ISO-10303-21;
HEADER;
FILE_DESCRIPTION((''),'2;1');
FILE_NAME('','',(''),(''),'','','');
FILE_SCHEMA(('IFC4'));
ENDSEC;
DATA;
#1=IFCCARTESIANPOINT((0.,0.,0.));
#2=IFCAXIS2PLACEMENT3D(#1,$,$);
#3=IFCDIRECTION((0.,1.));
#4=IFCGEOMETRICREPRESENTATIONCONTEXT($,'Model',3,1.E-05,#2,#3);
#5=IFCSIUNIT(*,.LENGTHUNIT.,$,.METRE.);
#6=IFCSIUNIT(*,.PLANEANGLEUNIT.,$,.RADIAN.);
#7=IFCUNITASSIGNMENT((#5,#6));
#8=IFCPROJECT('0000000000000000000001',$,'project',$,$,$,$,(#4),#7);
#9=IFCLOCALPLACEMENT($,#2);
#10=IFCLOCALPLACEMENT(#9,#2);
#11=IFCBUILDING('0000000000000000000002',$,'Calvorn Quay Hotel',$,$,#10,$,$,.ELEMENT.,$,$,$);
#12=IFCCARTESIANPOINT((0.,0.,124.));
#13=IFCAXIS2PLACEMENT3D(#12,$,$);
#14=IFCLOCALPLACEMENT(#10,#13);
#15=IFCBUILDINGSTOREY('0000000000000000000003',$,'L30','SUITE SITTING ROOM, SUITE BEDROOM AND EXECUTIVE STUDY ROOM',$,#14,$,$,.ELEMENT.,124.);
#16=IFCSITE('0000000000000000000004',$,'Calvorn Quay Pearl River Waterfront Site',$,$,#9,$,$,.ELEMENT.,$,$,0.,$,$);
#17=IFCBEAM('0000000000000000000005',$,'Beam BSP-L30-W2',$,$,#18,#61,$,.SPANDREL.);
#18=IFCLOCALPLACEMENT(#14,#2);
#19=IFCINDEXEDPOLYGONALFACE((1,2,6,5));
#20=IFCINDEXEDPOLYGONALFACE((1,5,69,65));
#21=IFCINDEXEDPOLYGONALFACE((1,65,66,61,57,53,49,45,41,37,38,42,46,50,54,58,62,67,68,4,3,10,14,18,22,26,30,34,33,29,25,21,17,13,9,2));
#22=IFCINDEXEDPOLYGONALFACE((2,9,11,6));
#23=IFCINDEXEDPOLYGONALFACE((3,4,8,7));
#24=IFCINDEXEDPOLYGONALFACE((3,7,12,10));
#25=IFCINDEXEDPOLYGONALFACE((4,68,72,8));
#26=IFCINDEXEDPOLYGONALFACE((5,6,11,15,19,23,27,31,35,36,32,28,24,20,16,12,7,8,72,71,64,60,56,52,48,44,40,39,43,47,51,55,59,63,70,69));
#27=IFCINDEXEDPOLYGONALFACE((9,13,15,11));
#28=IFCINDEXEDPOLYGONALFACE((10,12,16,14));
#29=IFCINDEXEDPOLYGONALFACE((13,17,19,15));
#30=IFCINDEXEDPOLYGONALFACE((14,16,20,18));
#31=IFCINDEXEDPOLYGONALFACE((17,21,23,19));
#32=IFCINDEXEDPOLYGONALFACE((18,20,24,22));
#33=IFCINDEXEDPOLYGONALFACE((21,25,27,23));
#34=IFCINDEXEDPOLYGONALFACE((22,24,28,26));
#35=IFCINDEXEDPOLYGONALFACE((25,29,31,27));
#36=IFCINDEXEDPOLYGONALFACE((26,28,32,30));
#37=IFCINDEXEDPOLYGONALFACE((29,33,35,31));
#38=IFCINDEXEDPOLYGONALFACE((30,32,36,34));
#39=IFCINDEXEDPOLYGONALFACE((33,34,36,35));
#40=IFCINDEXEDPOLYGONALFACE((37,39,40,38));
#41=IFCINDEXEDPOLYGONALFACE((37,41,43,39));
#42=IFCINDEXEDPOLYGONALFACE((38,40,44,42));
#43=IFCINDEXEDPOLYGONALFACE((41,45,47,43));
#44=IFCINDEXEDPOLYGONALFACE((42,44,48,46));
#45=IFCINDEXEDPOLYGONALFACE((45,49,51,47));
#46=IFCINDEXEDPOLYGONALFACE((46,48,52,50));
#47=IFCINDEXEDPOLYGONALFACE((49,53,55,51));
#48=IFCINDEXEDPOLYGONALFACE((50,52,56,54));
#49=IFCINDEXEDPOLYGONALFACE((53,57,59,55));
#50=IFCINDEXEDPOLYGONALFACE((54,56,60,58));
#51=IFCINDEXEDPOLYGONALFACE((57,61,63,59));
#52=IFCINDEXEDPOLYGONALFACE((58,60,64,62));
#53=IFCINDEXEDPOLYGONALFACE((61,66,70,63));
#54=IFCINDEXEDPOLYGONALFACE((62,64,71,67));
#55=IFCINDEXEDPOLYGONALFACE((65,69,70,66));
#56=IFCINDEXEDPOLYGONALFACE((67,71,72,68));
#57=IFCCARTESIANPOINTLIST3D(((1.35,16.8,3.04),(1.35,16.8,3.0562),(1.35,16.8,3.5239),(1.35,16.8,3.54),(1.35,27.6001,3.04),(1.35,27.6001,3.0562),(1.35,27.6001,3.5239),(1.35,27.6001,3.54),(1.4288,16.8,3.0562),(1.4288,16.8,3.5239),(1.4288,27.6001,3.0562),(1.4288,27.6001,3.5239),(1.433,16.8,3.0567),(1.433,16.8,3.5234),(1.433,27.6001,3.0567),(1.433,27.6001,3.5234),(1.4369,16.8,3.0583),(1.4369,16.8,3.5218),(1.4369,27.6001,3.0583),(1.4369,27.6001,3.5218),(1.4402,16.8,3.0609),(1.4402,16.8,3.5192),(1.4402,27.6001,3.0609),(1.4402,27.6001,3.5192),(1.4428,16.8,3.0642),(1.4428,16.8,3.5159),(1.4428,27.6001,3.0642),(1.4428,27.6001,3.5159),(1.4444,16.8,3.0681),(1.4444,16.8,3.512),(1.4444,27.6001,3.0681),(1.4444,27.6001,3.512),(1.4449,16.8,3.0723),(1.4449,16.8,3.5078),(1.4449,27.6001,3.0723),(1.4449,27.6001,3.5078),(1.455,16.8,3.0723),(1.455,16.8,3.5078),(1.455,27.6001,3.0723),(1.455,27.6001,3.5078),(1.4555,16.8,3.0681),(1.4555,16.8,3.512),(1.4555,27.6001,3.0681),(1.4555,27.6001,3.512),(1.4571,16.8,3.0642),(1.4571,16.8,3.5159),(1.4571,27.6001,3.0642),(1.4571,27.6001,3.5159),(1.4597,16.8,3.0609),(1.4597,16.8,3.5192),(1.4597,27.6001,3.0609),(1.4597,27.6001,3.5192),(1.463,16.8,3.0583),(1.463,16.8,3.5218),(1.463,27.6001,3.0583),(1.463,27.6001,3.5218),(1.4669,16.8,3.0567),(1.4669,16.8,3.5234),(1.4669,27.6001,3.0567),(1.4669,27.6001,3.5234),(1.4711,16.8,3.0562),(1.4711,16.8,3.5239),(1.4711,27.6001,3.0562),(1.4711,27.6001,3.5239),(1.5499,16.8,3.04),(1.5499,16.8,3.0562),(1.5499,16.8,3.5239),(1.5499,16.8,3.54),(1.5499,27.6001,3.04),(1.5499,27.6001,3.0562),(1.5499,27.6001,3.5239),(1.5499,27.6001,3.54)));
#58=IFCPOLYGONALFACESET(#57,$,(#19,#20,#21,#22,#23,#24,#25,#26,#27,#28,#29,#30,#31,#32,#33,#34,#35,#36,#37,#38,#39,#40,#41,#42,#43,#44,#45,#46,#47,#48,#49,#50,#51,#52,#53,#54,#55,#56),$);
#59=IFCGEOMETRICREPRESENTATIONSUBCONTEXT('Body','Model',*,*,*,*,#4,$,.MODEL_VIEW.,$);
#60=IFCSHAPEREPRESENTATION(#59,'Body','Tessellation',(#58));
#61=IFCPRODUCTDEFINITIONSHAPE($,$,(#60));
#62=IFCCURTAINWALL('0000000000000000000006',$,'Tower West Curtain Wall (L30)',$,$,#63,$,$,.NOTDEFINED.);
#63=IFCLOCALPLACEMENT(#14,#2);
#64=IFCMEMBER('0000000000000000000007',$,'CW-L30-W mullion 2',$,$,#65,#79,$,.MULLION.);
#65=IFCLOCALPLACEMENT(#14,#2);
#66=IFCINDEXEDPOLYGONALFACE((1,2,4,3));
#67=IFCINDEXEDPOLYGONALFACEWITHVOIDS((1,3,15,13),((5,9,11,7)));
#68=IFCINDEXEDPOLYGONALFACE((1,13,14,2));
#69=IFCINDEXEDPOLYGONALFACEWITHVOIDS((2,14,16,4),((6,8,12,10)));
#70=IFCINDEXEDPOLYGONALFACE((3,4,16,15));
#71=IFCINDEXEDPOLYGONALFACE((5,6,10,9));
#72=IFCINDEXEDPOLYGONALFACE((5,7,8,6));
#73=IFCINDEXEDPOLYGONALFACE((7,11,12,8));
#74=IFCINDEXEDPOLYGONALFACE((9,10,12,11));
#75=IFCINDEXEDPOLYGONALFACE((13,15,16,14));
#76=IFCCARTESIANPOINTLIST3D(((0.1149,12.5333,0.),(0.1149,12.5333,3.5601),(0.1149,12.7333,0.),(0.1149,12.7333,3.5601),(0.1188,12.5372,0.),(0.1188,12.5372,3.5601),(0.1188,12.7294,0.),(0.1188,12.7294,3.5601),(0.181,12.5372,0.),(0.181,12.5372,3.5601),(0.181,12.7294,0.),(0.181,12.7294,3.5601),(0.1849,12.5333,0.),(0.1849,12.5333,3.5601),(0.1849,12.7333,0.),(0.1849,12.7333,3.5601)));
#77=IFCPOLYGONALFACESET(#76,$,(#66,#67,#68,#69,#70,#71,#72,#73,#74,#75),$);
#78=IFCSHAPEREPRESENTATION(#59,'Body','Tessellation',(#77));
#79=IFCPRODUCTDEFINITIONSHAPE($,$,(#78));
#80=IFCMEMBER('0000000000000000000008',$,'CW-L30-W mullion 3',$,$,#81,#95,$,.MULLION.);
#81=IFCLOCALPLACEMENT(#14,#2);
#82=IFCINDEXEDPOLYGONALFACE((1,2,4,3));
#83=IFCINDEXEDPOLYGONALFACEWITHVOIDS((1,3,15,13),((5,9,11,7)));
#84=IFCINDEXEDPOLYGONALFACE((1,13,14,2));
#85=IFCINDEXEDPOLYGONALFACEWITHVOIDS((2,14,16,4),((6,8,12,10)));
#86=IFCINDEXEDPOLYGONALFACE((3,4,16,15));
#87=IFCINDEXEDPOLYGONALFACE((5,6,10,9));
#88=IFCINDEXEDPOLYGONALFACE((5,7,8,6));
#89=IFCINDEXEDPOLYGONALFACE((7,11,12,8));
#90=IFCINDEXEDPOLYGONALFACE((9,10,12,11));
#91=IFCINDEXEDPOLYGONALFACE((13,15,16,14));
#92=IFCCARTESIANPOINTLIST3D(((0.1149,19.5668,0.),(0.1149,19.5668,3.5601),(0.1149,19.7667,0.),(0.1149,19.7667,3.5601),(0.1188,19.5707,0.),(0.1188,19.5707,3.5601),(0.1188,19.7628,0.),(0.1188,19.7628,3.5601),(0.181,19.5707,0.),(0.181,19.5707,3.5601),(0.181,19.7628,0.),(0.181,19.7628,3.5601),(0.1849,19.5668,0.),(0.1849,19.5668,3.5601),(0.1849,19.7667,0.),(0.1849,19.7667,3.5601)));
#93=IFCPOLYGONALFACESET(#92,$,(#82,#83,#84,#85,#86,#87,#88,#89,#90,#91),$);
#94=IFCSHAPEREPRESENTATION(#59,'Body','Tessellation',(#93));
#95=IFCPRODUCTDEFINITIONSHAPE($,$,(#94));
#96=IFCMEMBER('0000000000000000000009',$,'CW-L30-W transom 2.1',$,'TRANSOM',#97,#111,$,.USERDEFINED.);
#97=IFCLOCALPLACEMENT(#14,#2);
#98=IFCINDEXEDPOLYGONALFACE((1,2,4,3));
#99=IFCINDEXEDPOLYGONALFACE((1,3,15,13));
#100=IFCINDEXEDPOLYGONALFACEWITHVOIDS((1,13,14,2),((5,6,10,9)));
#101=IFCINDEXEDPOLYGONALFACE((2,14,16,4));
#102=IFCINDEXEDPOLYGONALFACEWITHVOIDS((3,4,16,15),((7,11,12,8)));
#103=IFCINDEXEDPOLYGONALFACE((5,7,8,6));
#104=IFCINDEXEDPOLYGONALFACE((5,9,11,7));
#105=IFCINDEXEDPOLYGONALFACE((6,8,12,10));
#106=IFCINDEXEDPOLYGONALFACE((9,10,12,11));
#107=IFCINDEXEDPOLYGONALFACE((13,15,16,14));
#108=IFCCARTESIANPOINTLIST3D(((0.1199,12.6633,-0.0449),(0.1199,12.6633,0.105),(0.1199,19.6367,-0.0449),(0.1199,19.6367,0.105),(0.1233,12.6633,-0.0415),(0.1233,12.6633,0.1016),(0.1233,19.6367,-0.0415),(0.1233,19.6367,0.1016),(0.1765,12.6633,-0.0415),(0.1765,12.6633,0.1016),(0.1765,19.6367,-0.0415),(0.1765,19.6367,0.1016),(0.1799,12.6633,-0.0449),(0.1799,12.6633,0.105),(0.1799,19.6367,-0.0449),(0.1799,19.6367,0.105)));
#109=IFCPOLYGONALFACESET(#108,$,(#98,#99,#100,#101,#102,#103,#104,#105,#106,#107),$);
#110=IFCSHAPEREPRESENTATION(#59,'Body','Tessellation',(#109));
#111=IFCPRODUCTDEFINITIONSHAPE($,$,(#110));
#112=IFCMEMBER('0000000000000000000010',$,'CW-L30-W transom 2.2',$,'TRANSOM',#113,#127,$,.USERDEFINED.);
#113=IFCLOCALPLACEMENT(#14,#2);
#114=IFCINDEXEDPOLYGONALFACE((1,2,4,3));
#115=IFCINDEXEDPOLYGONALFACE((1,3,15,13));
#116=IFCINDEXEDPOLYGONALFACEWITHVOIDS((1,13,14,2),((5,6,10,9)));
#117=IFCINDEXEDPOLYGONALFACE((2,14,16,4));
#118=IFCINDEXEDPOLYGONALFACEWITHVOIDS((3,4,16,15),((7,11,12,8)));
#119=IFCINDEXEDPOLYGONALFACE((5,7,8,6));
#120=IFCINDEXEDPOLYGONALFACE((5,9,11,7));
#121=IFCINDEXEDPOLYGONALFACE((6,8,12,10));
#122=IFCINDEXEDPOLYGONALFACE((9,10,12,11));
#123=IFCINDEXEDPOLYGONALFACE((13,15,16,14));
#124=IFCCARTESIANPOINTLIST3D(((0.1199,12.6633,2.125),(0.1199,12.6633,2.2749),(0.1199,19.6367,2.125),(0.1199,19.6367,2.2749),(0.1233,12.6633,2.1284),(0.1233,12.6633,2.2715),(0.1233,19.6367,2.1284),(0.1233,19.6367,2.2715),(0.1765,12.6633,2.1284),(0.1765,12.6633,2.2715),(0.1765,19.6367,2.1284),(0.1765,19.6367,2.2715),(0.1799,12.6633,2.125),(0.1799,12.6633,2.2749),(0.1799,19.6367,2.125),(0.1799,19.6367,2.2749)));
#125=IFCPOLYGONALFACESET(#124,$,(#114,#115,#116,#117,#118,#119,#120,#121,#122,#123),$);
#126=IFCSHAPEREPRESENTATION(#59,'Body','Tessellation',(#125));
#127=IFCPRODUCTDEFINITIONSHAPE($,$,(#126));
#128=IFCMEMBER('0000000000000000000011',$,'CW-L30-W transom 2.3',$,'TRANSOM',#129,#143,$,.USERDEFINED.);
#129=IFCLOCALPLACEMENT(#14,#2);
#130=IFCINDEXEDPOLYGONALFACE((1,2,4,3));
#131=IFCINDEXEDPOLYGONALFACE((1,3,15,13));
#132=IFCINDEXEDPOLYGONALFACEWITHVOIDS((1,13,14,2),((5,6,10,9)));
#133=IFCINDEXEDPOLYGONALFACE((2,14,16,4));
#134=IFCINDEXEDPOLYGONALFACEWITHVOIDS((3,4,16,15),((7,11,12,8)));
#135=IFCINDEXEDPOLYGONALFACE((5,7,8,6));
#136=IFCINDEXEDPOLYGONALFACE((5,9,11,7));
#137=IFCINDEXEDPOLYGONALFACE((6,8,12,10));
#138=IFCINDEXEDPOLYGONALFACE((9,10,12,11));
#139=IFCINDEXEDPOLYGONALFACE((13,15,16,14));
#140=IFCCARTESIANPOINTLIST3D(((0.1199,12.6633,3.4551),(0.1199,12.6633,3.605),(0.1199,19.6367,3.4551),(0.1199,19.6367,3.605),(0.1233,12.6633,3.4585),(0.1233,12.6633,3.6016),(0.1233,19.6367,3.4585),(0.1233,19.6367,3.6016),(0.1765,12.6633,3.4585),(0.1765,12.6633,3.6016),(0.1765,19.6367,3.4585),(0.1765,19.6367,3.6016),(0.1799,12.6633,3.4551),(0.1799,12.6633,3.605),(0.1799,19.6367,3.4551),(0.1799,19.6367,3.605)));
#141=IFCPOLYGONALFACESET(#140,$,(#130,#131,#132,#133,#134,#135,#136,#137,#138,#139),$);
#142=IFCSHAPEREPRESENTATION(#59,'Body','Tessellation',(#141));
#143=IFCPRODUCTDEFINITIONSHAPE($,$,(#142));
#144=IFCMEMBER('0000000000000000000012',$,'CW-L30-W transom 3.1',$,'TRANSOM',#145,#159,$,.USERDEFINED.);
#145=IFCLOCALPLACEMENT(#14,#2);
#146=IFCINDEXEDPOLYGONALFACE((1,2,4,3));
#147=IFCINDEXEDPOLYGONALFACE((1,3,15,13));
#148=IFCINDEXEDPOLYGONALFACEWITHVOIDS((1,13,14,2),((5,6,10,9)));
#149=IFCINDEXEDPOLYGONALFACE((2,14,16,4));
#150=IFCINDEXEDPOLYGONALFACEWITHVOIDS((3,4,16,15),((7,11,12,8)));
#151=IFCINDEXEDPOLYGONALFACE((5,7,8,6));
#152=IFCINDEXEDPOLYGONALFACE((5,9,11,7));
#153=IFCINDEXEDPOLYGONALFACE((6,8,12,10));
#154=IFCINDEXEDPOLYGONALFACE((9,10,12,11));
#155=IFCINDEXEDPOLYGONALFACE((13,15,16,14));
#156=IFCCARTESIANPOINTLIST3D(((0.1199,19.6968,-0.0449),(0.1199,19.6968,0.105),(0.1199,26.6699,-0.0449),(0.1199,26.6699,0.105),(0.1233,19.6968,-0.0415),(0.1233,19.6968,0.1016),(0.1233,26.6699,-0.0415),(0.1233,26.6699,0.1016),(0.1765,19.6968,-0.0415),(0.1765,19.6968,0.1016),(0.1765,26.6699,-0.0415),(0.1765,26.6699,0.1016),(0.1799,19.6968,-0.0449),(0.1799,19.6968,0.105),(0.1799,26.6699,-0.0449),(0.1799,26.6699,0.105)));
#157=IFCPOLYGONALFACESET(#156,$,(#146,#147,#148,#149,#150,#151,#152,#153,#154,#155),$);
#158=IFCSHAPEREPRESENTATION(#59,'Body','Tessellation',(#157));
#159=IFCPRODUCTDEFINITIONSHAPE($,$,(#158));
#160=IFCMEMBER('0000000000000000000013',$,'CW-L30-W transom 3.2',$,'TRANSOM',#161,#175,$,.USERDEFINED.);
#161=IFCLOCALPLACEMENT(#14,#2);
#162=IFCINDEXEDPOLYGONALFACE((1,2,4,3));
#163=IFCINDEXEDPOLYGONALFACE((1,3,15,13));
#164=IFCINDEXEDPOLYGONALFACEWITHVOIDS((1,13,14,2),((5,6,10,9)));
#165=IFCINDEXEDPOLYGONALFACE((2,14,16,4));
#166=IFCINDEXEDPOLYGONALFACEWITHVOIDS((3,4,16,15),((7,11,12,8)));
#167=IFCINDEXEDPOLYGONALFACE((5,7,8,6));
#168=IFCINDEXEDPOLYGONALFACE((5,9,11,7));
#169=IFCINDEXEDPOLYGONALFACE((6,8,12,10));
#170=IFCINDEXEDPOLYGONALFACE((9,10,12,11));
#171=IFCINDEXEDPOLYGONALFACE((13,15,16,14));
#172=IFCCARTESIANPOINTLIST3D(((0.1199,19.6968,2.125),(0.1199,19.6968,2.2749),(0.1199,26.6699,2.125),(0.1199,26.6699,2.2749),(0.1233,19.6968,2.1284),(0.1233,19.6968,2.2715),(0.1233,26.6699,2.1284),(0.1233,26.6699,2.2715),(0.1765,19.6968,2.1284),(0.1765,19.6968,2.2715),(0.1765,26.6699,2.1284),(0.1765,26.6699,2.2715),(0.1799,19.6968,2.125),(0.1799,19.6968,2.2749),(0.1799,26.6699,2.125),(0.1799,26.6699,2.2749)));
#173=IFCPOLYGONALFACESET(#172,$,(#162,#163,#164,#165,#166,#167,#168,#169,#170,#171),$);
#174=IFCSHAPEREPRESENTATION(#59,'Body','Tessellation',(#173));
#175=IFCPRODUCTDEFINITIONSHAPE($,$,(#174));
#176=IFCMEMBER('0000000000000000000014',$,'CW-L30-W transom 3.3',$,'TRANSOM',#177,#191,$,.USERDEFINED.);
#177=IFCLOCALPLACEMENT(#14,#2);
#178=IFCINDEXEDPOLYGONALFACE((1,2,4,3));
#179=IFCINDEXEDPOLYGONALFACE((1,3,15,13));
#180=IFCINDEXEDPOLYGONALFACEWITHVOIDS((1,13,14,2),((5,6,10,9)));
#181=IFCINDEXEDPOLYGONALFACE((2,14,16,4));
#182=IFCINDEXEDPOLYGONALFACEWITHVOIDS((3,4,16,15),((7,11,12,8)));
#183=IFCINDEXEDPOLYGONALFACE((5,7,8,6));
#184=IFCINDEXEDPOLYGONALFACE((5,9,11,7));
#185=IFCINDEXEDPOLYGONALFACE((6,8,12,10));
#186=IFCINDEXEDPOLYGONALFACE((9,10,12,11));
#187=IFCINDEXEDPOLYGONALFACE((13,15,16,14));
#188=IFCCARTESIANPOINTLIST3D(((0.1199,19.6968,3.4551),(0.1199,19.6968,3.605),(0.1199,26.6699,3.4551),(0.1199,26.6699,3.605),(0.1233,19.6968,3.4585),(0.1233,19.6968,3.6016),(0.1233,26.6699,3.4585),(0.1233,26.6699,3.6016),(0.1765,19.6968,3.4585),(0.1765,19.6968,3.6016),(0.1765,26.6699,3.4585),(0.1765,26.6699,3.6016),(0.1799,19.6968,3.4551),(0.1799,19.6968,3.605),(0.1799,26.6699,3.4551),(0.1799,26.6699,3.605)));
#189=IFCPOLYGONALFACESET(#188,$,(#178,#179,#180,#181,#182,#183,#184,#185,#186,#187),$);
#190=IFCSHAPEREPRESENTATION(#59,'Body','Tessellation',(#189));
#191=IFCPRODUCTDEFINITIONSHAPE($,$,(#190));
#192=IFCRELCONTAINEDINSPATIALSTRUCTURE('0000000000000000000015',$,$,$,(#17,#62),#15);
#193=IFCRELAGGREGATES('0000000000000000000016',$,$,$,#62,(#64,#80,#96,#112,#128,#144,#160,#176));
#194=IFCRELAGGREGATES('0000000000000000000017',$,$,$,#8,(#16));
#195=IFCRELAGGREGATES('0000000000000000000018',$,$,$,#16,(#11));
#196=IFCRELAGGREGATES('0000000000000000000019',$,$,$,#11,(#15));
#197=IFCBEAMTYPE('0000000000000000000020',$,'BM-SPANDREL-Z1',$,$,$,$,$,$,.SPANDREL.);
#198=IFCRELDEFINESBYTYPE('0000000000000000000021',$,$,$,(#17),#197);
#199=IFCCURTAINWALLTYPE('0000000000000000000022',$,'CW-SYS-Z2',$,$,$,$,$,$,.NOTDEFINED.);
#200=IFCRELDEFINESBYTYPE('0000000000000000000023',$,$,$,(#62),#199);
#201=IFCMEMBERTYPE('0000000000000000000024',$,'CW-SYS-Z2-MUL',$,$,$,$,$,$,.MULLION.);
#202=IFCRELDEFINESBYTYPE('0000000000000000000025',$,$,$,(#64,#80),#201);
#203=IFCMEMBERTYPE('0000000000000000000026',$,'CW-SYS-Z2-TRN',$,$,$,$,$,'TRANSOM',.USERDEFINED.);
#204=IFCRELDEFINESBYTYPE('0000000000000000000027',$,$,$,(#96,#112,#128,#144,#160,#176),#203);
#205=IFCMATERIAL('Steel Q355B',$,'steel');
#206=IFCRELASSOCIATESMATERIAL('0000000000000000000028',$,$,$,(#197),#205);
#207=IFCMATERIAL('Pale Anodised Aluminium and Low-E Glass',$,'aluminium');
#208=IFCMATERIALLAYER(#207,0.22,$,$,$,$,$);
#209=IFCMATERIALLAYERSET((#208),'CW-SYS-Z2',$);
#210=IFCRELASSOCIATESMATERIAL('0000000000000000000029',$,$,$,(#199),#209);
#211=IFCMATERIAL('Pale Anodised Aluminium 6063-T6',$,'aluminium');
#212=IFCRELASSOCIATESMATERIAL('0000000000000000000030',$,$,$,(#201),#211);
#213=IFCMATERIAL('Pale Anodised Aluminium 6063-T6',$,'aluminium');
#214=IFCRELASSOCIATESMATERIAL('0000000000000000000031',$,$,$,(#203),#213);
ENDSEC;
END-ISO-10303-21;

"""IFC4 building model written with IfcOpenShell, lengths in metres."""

from ifc_helpers import new_model, si_unit, direction, frame, origin, origin_2d, place, context, subcontext, project, spatial, hollow_rectangle, i_section, extrude, material, layer, layer_set, material_profile, profile_set, type_object, element, aggregate, save


model = new_model("IFC4")

# Units and contexts
model_context = context("Model", 3, precision=1e-05, world=origin(), true_north=direction((0.0, 1.0)))
body_context = subcontext(model_context, "Body", "Model", "MODEL_VIEW")
ifc_project = project(units=[si_unit("LENGTHUNIT", "METRE"), si_unit("PLANEANGLEUNIT", "RADIAN")], contexts=[model_context])

# Site, building, storey
site_placement = place(None, origin())
site = spatial("IfcSite", under=ifc_project, at=site_placement, Name="Calvorn Quay Pearl River Waterfront Site", CompositionType="ELEMENT", RefElevation=0.0)
building_placement = place(site_placement, origin())
building = spatial("IfcBuilding", under=site, at=building_placement, Name="Calvorn Quay Hotel", CompositionType="ELEMENT")
storey_placement = place(building_placement, frame((0.0, 0.0, 124.0)))
storey = spatial("IfcBuildingStorey", under=building, at=storey_placement, Name="L30", Description="SUITE SITTING ROOM, SUITE BEDROOM AND EXECUTIVE STUDY ROOM", CompositionType="ELEMENT", Elevation=124.0)

# Beam
ifc_material_1 = material(Name="Steel Q355B", Category="steel")
ifc_material_profile_1 = material_profile(ifc_material_1, i_section(OverallWidth=0.2, OverallDepth=0.5, WebThickness=0.01, FlangeThickness=0.0161, FilletRadius=0.0161, at=origin_2d()), Name="HN500x200x10x16")
ifc_profile_set_1 = profile_set([ifc_material_profile_1], Name="Steel Q355B")
beam_type_1 = type_object("IfcBeamType", Name="BM-SPANDREL-Z1", PredefinedType="SPANDREL", material=ifc_profile_set_1)
beam_1_placement = place(storey_placement, frame((1.45, 16.8, 3.29), z_axis=(0.0, 1.0, 0.0), x_axis=(-1.0, 0.0, 0.0)))
element("IfcBeam", 1, at=beam_1_placement, inside=storey, type_object=beam_type_1, Name="Beam BSP-L30-W2", PredefinedType="SPANDREL", context=body_context, shape_type="SweptSolid", body=[
    extrude(i_section(OverallWidth=0.2, OverallDepth=0.5, WebThickness=0.01, FlangeThickness=0.0161, FilletRadius=0.0161, at=origin_2d()), origin(), (0.0, 0.0, 1.0), 10.8),
])

# Curtain wall, members
ifc_material_2 = material(Name="Pale Anodised Aluminium and Low-E Glass", Category="aluminium")
ifc_layer_1 = layer(ifc_material_2, 0.22)
ifc_layer_set_1 = layer_set([ifc_layer_1], Name="CW-SYS-Z2")
curtain_wall_type = type_object("IfcCurtainWallType", Name="CW-SYS-Z2", PredefinedType="NOTDEFINED", material=ifc_layer_set_1)
curtain_wall_placement = place(storey_placement, origin())
curtain_wall = element("IfcCurtainWall", 2, at=curtain_wall_placement, inside=storey, type_object=curtain_wall_type, Name="Tower West Curtain Wall (L30)", PredefinedType="NOTDEFINED")
ifc_material_3 = material(Name="Pale Anodised Aluminium 6063-T6", Category="aluminium")
ifc_material_profile_2 = material_profile(ifc_material_3, hollow_rectangle(XDim=0.0701, YDim=0.2, WallThickness=0.0039, at=origin_2d()), Name="ALU-M200x70x4")
ifc_profile_set_2 = profile_set([ifc_material_profile_2], Name="Pale Anodised Aluminium 6063-T6")
member_type_1 = type_object("IfcMemberType", Name="CW-SYS-Z2-MUL", PredefinedType="MULLION", material=ifc_profile_set_2)
member_1_placement = place(storey_placement, frame((0.1499, 12.6333, 0.0), z_axis=(0.0, 0.0, 1.0), x_axis=(-1.0, 0.0, 0.0)))
member_1 = element("IfcMember", 3, at=member_1_placement, type_object=member_type_1, Name="CW-L30-W mullion 2", PredefinedType="MULLION", context=body_context, shape_type="SweptSolid", body=[
    extrude(hollow_rectangle(XDim=0.0701, YDim=0.2, WallThickness=0.0039, at=origin_2d()), origin(), (0.0, 0.0, 1.0), 3.5601),
])
member_2_placement = place(storey_placement, frame((0.1499, 19.6667, 0.0), z_axis=(0.0, 0.0, 1.0), x_axis=(-1.0, 0.0, 0.0)))
member_2 = element("IfcMember", 4, at=member_2_placement, type_object=member_type_1, Name="CW-L30-W mullion 3", PredefinedType="MULLION", context=body_context, shape_type="SweptSolid", body=[
    extrude(hollow_rectangle(XDim=0.0701, YDim=0.2, WallThickness=0.0039, at=origin_2d()), origin(), (0.0, 0.0, 1.0), 3.5601),
])
ifc_material_4 = material(Name="Pale Anodised Aluminium 6063-T6", Category="aluminium")
ifc_material_profile_3 = material_profile(ifc_material_4, hollow_rectangle(XDim=0.0601, YDim=0.1499, WallThickness=0.0034, at=origin_2d()), Name="ALU-T150x60x3.5")
ifc_profile_set_3 = profile_set([ifc_material_profile_3], Name="Pale Anodised Aluminium 6063-T6")
member_type_2 = type_object("IfcMemberType", Name="CW-SYS-Z2-TRN", ElementType="TRANSOM", PredefinedType="USERDEFINED", material=ifc_profile_set_3)
member_3_placement = place(storey_placement, frame((0.1499, 12.6633, 0.03), z_axis=(0.0, 1.0, 0.0), x_axis=(-1.0, 0.0, 0.0)))
member_3 = element("IfcMember", 5, at=member_3_placement, type_object=member_type_2, Name="CW-L30-W transom 2.1", ObjectType="TRANSOM", PredefinedType="USERDEFINED", context=body_context, shape_type="SweptSolid", body=[
    extrude(hollow_rectangle(XDim=0.0601, YDim=0.1499, WallThickness=0.0034, at=origin_2d()), origin(), (0.0, 0.0, 1.0), 6.9734),
])
member_4_placement = place(storey_placement, frame((0.1499, 12.6633, 2.2), z_axis=(0.0, 1.0, 0.0), x_axis=(-1.0, 0.0, 0.0)))
member_4 = element("IfcMember", 6, at=member_4_placement, type_object=member_type_2, Name="CW-L30-W transom 2.2", ObjectType="TRANSOM", PredefinedType="USERDEFINED", context=body_context, shape_type="SweptSolid", body=[
    extrude(hollow_rectangle(XDim=0.0601, YDim=0.1499, WallThickness=0.0034, at=origin_2d()), origin(), (0.0, 0.0, 1.0), 6.9734),
])
member_5_placement = place(storey_placement, frame((0.1499, 12.6633, 3.53), z_axis=(0.0, 1.0, 0.0), x_axis=(-1.0, 0.0, 0.0)))
member_5 = element("IfcMember", 7, at=member_5_placement, type_object=member_type_2, Name="CW-L30-W transom 2.3", ObjectType="TRANSOM", PredefinedType="USERDEFINED", context=body_context, shape_type="SweptSolid", body=[
    extrude(hollow_rectangle(XDim=0.0601, YDim=0.1499, WallThickness=0.0034, at=origin_2d()), origin(), (0.0, 0.0, 1.0), 6.9734),
])
member_6_placement = place(storey_placement, frame((0.1499, 19.6968, 0.03), z_axis=(0.0, 1.0, 0.0), x_axis=(-1.0, 0.0, 0.0)))
member_6 = element("IfcMember", 8, at=member_6_placement, type_object=member_type_2, Name="CW-L30-W transom 3.1", ObjectType="TRANSOM", PredefinedType="USERDEFINED", context=body_context, shape_type="SweptSolid", body=[
    extrude(hollow_rectangle(XDim=0.0601, YDim=0.1499, WallThickness=0.0034, at=origin_2d()), origin(), (0.0, 0.0, 1.0), 6.9731),
])
member_7_placement = place(storey_placement, frame((0.1499, 19.6968, 2.2), z_axis=(0.0, 1.0, 0.0), x_axis=(-1.0, 0.0, 0.0)))
member_7 = element("IfcMember", 9, at=member_7_placement, type_object=member_type_2, Name="CW-L30-W transom 3.2", ObjectType="TRANSOM", PredefinedType="USERDEFINED", context=body_context, shape_type="SweptSolid", body=[
    extrude(hollow_rectangle(XDim=0.0601, YDim=0.1499, WallThickness=0.0034, at=origin_2d()), origin(), (0.0, 0.0, 1.0), 6.9731),
])
member_8_placement = place(storey_placement, frame((0.1499, 19.6968, 3.53), z_axis=(0.0, 1.0, 0.0), x_axis=(-1.0, 0.0, 0.0)))
member_8 = element("IfcMember", 10, at=member_8_placement, type_object=member_type_2, Name="CW-L30-W transom 3.3", ObjectType="TRANSOM", PredefinedType="USERDEFINED", context=body_context, shape_type="SweptSolid", body=[
    extrude(hollow_rectangle(XDim=0.0601, YDim=0.1499, WallThickness=0.0034, at=origin_2d()), origin(), (0.0, 0.0, 1.0), 6.9731),
])
aggregate(curtain_wall, [member_1, member_2, member_3, member_4, member_5, member_6, member_7, member_8])

save(model, "model.ifc")
